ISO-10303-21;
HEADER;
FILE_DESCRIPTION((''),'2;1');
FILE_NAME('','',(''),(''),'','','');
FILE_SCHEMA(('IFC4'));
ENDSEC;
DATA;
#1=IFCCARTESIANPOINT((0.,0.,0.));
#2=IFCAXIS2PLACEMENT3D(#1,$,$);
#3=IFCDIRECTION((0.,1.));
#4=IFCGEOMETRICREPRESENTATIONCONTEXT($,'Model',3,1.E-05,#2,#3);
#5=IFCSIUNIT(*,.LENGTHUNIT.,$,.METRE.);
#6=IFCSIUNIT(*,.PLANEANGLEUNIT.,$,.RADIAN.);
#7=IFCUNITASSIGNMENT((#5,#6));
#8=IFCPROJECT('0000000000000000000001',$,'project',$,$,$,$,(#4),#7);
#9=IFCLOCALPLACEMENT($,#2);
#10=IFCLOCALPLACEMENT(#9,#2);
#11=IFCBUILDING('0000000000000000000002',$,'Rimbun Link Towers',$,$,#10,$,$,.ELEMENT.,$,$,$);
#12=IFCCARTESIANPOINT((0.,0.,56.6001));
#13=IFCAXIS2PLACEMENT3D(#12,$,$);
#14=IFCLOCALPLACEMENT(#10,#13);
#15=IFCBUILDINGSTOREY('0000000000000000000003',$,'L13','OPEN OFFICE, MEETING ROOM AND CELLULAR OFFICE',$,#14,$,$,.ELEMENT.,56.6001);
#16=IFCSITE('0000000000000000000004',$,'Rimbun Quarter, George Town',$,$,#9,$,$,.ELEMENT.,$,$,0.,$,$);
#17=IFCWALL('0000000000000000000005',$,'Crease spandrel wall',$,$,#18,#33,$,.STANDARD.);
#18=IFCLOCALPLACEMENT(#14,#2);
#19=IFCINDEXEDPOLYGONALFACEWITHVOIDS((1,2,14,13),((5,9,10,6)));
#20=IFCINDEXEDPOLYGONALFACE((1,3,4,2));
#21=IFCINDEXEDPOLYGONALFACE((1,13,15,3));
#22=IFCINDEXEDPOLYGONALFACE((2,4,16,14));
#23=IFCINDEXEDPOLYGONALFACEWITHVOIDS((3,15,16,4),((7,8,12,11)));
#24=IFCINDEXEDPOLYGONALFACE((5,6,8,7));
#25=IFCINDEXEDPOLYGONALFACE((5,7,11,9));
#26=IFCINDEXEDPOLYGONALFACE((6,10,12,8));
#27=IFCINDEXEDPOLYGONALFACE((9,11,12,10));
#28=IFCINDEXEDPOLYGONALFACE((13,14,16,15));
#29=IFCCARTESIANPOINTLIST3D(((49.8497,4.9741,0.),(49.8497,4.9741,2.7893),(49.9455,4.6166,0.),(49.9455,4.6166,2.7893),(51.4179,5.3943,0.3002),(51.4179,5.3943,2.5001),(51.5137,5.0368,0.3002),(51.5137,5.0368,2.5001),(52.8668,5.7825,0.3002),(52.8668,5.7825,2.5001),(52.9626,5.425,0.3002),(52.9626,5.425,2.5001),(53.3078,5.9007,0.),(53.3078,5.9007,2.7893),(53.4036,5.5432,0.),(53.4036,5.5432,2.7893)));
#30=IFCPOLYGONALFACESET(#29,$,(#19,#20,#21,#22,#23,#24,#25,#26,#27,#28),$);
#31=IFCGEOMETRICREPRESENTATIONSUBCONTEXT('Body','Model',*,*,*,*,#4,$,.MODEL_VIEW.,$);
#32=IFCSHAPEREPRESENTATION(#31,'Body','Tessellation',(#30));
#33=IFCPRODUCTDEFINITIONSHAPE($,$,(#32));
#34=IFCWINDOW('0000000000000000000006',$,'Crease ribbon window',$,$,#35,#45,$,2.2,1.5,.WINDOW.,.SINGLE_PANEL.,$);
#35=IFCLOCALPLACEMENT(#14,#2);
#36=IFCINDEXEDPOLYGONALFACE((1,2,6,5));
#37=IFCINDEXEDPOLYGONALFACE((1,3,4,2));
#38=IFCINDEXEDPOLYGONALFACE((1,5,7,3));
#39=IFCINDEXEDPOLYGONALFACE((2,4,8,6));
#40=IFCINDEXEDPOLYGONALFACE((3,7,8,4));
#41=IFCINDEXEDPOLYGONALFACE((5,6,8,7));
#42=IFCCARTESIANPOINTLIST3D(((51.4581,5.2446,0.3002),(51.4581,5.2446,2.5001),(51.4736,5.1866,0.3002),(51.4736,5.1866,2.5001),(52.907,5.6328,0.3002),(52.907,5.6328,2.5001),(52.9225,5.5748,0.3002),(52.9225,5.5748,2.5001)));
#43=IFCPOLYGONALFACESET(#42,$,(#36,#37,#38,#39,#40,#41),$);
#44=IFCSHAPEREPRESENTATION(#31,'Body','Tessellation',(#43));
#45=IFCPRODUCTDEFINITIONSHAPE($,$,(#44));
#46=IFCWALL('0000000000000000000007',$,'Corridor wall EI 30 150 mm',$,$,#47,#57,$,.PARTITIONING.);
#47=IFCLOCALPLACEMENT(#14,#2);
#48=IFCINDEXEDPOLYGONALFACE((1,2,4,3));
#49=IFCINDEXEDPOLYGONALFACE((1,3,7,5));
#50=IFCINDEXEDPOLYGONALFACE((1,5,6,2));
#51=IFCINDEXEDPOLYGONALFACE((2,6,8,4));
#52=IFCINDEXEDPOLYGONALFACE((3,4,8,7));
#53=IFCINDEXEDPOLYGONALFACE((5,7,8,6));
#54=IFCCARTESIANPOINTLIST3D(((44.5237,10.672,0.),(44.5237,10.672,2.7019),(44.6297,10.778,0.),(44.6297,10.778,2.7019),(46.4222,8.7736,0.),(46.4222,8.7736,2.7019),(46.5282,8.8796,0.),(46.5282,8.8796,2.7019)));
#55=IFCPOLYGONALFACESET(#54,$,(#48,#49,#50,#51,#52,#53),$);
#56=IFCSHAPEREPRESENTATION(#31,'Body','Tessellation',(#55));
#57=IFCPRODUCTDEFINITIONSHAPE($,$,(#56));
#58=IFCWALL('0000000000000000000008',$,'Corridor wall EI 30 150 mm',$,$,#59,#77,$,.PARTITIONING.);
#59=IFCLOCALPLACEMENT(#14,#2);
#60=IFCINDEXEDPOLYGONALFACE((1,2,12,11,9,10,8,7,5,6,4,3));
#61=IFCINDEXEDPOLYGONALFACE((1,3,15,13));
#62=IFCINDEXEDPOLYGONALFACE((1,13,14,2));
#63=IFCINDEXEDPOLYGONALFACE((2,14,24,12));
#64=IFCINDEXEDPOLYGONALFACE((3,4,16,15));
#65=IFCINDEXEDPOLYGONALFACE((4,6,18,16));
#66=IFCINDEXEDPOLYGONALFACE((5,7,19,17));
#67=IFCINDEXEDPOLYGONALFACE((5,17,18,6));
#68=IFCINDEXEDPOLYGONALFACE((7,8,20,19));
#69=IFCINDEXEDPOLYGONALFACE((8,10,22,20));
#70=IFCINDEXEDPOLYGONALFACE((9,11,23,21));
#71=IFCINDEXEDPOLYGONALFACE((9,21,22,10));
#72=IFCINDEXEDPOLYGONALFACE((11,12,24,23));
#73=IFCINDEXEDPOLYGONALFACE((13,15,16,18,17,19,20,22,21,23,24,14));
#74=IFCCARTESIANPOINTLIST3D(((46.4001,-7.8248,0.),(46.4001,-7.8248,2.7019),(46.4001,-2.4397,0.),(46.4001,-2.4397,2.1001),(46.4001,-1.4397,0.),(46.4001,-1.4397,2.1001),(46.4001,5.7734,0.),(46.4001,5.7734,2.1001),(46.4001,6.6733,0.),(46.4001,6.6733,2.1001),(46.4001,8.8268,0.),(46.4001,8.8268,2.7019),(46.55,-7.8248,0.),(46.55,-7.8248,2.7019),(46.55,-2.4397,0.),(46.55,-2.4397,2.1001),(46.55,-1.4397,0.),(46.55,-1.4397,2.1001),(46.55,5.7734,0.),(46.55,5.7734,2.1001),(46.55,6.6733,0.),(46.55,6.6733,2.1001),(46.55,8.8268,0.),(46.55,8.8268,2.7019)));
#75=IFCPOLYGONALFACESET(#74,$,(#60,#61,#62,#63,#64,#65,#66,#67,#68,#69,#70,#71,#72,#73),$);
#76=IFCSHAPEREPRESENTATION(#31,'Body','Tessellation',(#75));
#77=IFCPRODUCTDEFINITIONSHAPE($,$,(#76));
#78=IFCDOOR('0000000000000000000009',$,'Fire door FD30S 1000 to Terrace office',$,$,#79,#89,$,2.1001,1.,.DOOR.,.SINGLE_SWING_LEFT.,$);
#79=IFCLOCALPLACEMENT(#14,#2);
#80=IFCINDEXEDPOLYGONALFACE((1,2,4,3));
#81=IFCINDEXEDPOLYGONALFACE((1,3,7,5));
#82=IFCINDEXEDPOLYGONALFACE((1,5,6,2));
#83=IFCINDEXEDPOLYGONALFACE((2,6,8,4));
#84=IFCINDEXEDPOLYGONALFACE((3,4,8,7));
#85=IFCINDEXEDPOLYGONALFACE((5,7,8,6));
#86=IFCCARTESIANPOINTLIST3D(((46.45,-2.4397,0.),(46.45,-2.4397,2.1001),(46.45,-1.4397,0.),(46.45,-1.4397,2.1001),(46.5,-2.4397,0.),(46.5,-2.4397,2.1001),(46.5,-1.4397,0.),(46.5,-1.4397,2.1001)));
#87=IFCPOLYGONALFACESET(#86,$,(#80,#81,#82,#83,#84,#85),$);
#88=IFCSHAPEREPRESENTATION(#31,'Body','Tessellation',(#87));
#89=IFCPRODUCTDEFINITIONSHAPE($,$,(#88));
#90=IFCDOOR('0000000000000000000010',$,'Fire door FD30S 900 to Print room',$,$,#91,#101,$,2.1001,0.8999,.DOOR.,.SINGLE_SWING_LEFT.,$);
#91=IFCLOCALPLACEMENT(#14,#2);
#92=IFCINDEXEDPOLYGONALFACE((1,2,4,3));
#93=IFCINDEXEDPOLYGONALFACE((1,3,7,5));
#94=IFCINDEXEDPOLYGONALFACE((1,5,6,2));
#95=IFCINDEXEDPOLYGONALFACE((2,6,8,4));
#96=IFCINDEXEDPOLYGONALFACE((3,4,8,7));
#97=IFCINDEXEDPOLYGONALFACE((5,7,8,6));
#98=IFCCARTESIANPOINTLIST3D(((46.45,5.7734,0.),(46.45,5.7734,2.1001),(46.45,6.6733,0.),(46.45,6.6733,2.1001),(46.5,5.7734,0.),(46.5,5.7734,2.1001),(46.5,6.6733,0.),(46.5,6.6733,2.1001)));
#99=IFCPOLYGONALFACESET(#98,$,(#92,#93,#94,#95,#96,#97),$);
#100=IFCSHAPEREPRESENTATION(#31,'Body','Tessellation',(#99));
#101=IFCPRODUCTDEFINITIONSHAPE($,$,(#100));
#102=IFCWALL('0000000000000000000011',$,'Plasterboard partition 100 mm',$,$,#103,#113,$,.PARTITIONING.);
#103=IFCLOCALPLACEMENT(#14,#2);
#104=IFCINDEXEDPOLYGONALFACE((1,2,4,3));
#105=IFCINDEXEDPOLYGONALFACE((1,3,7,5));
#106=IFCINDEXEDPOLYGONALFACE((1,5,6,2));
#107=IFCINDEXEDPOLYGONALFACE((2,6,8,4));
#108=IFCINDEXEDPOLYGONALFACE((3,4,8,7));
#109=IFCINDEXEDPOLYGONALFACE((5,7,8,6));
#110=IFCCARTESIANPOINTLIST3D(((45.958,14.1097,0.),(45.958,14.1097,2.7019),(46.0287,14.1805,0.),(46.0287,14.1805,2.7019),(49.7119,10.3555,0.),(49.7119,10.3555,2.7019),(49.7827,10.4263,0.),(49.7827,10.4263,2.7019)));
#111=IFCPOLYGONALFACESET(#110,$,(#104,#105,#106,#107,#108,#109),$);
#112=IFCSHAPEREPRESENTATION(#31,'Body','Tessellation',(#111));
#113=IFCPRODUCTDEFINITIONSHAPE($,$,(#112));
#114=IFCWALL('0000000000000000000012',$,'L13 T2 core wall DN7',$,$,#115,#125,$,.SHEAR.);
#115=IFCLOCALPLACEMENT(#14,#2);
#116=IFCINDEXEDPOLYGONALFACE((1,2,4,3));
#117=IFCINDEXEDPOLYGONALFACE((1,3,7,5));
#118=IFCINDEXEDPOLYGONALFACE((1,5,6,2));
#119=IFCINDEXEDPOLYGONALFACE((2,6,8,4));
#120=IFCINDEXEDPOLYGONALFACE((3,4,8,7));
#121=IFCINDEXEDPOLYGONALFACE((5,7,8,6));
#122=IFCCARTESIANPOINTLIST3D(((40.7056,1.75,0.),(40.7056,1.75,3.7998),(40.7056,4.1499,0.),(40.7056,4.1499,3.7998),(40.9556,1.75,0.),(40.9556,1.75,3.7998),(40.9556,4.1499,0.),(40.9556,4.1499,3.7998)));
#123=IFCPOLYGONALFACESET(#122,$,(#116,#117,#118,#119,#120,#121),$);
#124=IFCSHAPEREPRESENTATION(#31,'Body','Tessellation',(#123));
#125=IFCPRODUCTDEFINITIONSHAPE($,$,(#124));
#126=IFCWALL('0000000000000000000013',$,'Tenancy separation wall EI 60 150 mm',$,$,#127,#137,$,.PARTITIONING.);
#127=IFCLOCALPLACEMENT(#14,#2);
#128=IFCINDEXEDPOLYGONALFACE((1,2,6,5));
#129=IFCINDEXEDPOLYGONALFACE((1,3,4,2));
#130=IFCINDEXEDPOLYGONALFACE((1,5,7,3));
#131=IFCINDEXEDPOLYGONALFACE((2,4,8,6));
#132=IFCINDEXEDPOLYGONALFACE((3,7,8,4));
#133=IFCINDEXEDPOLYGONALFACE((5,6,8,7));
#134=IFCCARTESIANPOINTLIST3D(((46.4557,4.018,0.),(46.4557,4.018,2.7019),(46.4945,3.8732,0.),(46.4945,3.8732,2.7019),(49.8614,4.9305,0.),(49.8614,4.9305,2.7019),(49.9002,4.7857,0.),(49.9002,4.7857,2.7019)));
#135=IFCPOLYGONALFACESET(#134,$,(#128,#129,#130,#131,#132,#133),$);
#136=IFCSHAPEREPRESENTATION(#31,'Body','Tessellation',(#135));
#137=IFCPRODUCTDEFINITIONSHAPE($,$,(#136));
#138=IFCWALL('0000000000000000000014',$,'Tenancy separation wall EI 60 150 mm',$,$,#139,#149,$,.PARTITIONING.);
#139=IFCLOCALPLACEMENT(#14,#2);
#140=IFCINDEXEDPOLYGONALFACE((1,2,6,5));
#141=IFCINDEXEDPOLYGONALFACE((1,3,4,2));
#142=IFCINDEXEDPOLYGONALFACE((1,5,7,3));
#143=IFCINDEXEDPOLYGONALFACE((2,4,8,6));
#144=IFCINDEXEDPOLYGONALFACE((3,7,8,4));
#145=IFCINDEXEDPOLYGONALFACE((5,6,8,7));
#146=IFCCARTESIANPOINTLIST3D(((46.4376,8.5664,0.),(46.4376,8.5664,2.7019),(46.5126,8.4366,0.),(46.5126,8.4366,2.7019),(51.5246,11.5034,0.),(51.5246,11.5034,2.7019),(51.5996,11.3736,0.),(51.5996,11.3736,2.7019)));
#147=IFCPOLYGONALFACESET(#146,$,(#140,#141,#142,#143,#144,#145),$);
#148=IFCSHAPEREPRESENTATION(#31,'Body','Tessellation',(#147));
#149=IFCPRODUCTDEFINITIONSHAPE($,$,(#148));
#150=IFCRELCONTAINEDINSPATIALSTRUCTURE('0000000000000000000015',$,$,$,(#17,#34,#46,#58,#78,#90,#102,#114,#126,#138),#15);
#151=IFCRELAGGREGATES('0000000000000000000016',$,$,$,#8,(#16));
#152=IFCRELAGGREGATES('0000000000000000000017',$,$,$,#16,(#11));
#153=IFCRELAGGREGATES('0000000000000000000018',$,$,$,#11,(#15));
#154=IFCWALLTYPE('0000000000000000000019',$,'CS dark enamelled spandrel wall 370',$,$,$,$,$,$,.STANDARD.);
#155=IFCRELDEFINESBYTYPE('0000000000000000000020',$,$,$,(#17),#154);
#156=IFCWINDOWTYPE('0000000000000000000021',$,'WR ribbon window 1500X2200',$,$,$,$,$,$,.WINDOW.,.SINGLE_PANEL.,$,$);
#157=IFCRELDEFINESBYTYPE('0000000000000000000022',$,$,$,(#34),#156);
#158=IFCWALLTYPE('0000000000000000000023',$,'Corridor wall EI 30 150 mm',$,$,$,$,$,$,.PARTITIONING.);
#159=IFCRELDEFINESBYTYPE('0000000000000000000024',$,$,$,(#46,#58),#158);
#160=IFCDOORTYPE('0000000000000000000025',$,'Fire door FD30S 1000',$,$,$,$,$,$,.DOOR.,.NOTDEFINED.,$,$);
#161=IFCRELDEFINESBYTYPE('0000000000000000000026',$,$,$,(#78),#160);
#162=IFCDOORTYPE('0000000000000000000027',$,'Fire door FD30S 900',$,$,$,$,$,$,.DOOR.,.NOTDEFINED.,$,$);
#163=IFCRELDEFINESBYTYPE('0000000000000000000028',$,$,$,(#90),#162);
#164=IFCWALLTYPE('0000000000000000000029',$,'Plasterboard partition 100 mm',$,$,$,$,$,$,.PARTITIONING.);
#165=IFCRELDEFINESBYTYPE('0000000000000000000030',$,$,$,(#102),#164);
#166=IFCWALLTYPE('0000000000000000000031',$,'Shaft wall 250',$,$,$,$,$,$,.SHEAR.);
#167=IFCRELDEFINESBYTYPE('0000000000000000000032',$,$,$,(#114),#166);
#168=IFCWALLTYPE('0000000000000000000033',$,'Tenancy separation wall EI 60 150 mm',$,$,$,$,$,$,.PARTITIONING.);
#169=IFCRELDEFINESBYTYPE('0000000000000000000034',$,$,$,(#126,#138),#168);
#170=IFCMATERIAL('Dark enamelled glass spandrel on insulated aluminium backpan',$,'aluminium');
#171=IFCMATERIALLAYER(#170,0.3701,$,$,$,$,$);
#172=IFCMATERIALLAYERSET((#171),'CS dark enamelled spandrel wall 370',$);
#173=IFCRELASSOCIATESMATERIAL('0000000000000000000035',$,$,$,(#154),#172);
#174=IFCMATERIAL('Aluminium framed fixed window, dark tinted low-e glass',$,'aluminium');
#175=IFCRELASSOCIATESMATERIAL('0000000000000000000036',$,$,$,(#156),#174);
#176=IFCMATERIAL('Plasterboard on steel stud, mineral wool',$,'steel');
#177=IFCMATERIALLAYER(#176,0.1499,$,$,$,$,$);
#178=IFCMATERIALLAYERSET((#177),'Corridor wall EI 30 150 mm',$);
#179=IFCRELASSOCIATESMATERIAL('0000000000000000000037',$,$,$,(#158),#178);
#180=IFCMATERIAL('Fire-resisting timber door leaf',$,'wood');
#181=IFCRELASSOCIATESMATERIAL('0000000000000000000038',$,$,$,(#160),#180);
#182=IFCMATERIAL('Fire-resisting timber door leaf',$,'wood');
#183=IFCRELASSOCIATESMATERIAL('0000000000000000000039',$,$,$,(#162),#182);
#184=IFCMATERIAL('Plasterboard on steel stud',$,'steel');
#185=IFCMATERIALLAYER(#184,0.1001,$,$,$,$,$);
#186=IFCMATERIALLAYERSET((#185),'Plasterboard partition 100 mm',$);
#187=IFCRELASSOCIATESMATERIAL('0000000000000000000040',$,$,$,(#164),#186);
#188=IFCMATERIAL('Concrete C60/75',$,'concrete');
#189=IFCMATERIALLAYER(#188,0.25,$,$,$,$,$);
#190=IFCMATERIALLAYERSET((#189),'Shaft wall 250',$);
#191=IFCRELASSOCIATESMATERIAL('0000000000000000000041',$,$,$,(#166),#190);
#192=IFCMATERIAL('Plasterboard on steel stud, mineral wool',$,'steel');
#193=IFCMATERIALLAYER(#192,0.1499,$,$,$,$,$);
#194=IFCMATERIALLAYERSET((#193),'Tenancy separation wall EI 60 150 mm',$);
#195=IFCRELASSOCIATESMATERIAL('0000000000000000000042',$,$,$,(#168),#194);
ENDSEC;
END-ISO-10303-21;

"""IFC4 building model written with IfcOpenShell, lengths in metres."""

from ifc_helpers import new_model, si_unit, direction, frame, frame_2d, origin, place, context, subcontext, project, spatial, rectangle, extrude, material, layer, layer_set, type_object, element, fill, save


model = new_model("IFC4")

# Units and contexts
model_context = context("Model", 3, precision=1e-05, world=origin(), true_north=direction((0.0, 1.0)))
body_context = subcontext(model_context, "Body", "Model", "MODEL_VIEW")
ifc_project = project(units=[si_unit("LENGTHUNIT", "METRE"), si_unit("PLANEANGLEUNIT", "RADIAN")], contexts=[model_context])

# Site, building, storey
site_placement = place(None, origin())
site = spatial("IfcSite", under=ifc_project, at=site_placement, Name="Rimbun Quarter, George Town", CompositionType="ELEMENT", RefElevation=0.0)
building_placement = place(site_placement, origin())
building = spatial("IfcBuilding", under=site, at=building_placement, Name="Rimbun Link Towers", CompositionType="ELEMENT")
storey_placement = place(building_placement, frame((0.0, 0.0, 56.6001)))
storey = spatial("IfcBuildingStorey", under=building, at=storey_placement, Name="L13", Description="OPEN OFFICE, MEETING ROOM AND CELLULAR OFFICE", CompositionType="ELEMENT", Elevation=56.6001)

# Wall, opening, window
ifc_material_1 = material(Name="Dark enamelled glass spandrel on insulated aluminium backpan", Category="aluminium")
ifc_layer_1 = layer(ifc_material_1, 0.3701)
ifc_layer_set_1 = layer_set([ifc_layer_1], Name="CS dark enamelled spandrel wall 370")
wall_type_1 = type_object("IfcWallType", Name="CS dark enamelled spandrel wall 370", PredefinedType="STANDARD", material=ifc_layer_set_1)
wall_1_placement = place(storey_placement, frame((53.3557, 5.7219, 0.0), z_axis=(0.0, 0.0, 1.0), x_axis=(-0.96593, -0.258804, 0.0)))
wall_1 = element("IfcWall", 1, at=wall_1_placement, inside=storey, type_object=wall_type_1, Name="Crease spandrel wall", PredefinedType="STANDARD", context=body_context, shape_type="SweptSolid", body=[
    extrude(rectangle(XDim=3.5801, YDim=0.3701, at=frame_2d((1.79, 0.0))), origin(), (0.0, 0.0, 1.0), 2.7893),
])
opening_1_placement = place(wall_1_placement, frame((0.4565, 0.0, 0.3)))
opening_1 = element("IfcOpeningElement", 2, at=opening_1_placement, cuts=wall_1, PredefinedType="OPENING", context=body_context, shape_type="SweptSolid", body=[
    extrude(rectangle(XDim=1.5, YDim=2.2, at=frame_2d((0.75, 1.1001))), frame((0.0, 0.1951, 0.0), z_axis=(0.0, -1.0, 0.0), x_axis=(1.0, 0.0, 0.0)), (0.0, 0.0, 1.0), 0.3901),
])
ifc_material_2 = material(Name="Aluminium framed fixed window, dark tinted low-e glass", Category="aluminium")
window_type_1 = type_object("IfcWindowType", Name="WR ribbon window 1500X2200", PartitioningType="SINGLE_PANEL", PredefinedType="WINDOW", material=ifc_material_2)
window_1_placement = place(opening_1_placement, origin())
window_1 = element("IfcWindow", 3, at=window_1_placement, inside=storey, type_object=window_type_1, Name="Crease ribbon window", OverallHeight=2.2, OverallWidth=1.5, PartitioningType="SINGLE_PANEL", PredefinedType="WINDOW", context=body_context, shape_type="SweptSolid", body=[
    extrude(rectangle(XDim=1.5, YDim=2.2, at=frame_2d((0.75, 1.1001))), frame((0.0, 0.03, 0.0), z_axis=(0.0, -1.0, 0.0), x_axis=(1.0, 0.0, 0.0)), (0.0, 0.0, 1.0), 0.0601),
])
fill(opening_1, window_1)

# Wall
ifc_material_3 = material(Name="Plasterboard on steel stud, mineral wool", Category="steel")
ifc_layer_2 = layer(ifc_material_3, 0.1499)
ifc_layer_set_2 = layer_set([ifc_layer_2], Name="Corridor wall EI 30 150 mm")
wall_type_2 = type_object("IfcWallType", Name="Corridor wall EI 30 150 mm", PredefinedType="PARTITIONING", material=ifc_layer_set_2)
wall_2_placement = place(storey_placement, frame((46.4751, 8.8267, 0.0), z_axis=(0.0, 0.0, 1.0), x_axis=(-0.707107, 0.707107, 0.0)))
element("IfcWall", 4, at=wall_2_placement, inside=storey, type_object=wall_type_2, Name="Corridor wall EI 30 150 mm", PredefinedType="PARTITIONING", context=body_context, shape_type="SweptSolid", body=[
    extrude(rectangle(XDim=2.6848, YDim=0.1499, at=frame_2d((1.3423, 0.0))), origin(), (0.0, 0.0, 1.0), 2.7019),
])

# Wall, openings, doors
wall_3_placement = place(storey_placement, frame((46.4751, 8.8267, 0.0), z_axis=(0.0, 0.0, 1.0), x_axis=(0.0, -1.0, 0.0)))
wall_3 = element("IfcWall", 5, at=wall_3_placement, inside=storey, type_object=wall_type_2, Name="Corridor wall EI 30 150 mm", PredefinedType="PARTITIONING", context=body_context, shape_type="SweptSolid", body=[
    extrude(rectangle(XDim=16.6516, YDim=0.1499, at=frame_2d((8.3257, 0.0))), origin(), (0.0, 0.0, 1.0), 2.7019),
])
opening_2_placement = place(wall_3_placement, frame((2.1533, 0.0, 0.0)))
opening_2 = element("IfcOpeningElement", 6, at=opening_2_placement, cuts=wall_3, PredefinedType="OPENING", context=body_context, shape_type="SweptSolid", body=[
    extrude(rectangle(XDim=0.8999, YDim=2.1001, at=frame_2d((0.45, 1.05))), frame((0.0, 0.085, 0.0), z_axis=(0.0, -1.0, 0.0), x_axis=(1.0, 0.0, 0.0)), (0.0, 0.0, 1.0), 0.1699),
])
opening_3_placement = place(wall_3_placement, frame((10.2664, 0.0, 0.0)))
opening_3 = element("IfcOpeningElement", 7, at=opening_3_placement, cuts=wall_3, PredefinedType="OPENING", context=body_context, shape_type="SweptSolid", body=[
    extrude(rectangle(XDim=1.0, YDim=2.1001, at=frame_2d((0.5, 1.05))), frame((0.0, 0.085, 0.0), z_axis=(0.0, -1.0, 0.0), x_axis=(1.0, 0.0, 0.0)), (0.0, 0.0, 1.0), 0.1699),
])
ifc_material_4 = material(Name="Fire-resisting timber door leaf", Category="wood")
door_type_1 = type_object("IfcDoorType", Name="Fire door FD30S 1000", OperationType="NOTDEFINED", PredefinedType="DOOR", material=ifc_material_4)
door_1_placement = place(opening_3_placement, origin())
door_1 = element("IfcDoor", 8, at=door_1_placement, inside=storey, type_object=door_type_1, Name="Fire door FD30S 1000 to Terrace office", OperationType="SINGLE_SWING_LEFT", OverallHeight=2.1001, OverallWidth=1.0, PredefinedType="DOOR", context=body_context, shape_type="SweptSolid", body=[
    extrude(rectangle(XDim=1.0, YDim=2.1001, at=frame_2d((0.5, 1.05))), frame((0.0, 0.0249, 0.0), z_axis=(0.0, -1.0, 0.0), x_axis=(1.0, 0.0, 0.0)), (0.0, 0.0, 1.0), 0.05),
])
fill(opening_3, door_1)
ifc_material_5 = material(Name="Fire-resisting timber door leaf", Category="wood")
door_type_2 = type_object("IfcDoorType", Name="Fire door FD30S 900", OperationType="NOTDEFINED", PredefinedType="DOOR", material=ifc_material_5)
door_2_placement = place(opening_2_placement, origin())
door_2 = element("IfcDoor", 9, at=door_2_placement, inside=storey, type_object=door_type_2, Name="Fire door FD30S 900 to Print room", OperationType="SINGLE_SWING_LEFT", OverallHeight=2.1001, OverallWidth=0.8999, PredefinedType="DOOR", context=body_context, shape_type="SweptSolid", body=[
    extrude(rectangle(XDim=0.8999, YDim=2.1001, at=frame_2d((0.45, 1.05))), frame((0.0, 0.0249, 0.0), z_axis=(0.0, -1.0, 0.0), x_axis=(1.0, 0.0, 0.0)), (0.0, 0.0, 1.0), 0.05),
])
fill(opening_2, door_2)

# Walls
ifc_material_6 = material(Name="Plasterboard on steel stud", Category="steel")
ifc_layer_3 = layer(ifc_material_6, 0.1001)
ifc_layer_set_3 = layer_set([ifc_layer_3], Name="Plasterboard partition 100 mm")
wall_type_3 = type_object("IfcWallType", Name="Plasterboard partition 100 mm", PredefinedType="PARTITIONING", material=ifc_layer_set_3)
wall_4_placement = place(storey_placement, frame((49.7473, 10.3909, 0.0), z_axis=(0.0, 0.0, 1.0), x_axis=(-0.707084, 0.70713, 0.0)))
element("IfcWall", 10, at=wall_4_placement, inside=storey, type_object=wall_type_3, Name="Plasterboard partition 100 mm", PredefinedType="PARTITIONING", context=body_context, shape_type="SweptSolid", body=[
    extrude(rectangle(XDim=5.3091, YDim=0.1001, at=frame_2d((2.6545, 0.0))), origin(), (0.0, 0.0, 1.0), 2.7019),
])
ifc_material_7 = material(Name="Concrete C60/75", Category="concrete")
ifc_layer_4 = layer(ifc_material_7, 0.25)
ifc_layer_set_4 = layer_set([ifc_layer_4], Name="Shaft wall 250")
wall_type_4 = type_object("IfcWallType", Name="Shaft wall 250", PredefinedType="SHEAR", material=ifc_layer_set_4)
wall_5_placement = place(storey_placement, frame((40.8306, 1.75, 0.0), z_axis=(0.0, 0.0, 1.0), x_axis=(0.0, 1.0, 0.0)))
element("IfcWall", 11, at=wall_5_placement, inside=storey, type_object=wall_type_4, Name="L13 T2 core wall DN7", PredefinedType="SHEAR", context=body_context, shape_type="SweptSolid", body=[
    extrude(rectangle(XDim=2.3999, YDim=0.25, at=frame_2d((1.2, 0.0))), origin(), (0.0, 0.0, 1.0), 3.7998),
])
ifc_material_8 = material(Name="Plasterboard on steel stud, mineral wool", Category="steel")
ifc_layer_5 = layer(ifc_material_8, 0.1499)
ifc_layer_set_5 = layer_set([ifc_layer_5], Name="Tenancy separation wall EI 60 150 mm")
wall_type_5 = type_object("IfcWallType", Name="Tenancy separation wall EI 60 150 mm", PredefinedType="PARTITIONING", material=ifc_layer_set_5)
wall_6_placement = place(storey_placement, frame((46.4751, 3.9456, 0.0), z_axis=(0.0, 0.0, 1.0), x_axis=(0.965924, 0.258826, 0.0)))
element("IfcWall", 12, at=wall_6_placement, inside=storey, type_object=wall_type_5, Name="Tenancy separation wall EI 60 150 mm", PredefinedType="PARTITIONING", context=body_context, shape_type="SweptSolid", body=[
    extrude(rectangle(XDim=3.5259, YDim=0.1499, at=frame_2d((1.7629, 0.0))), origin(), (0.0, 0.0, 1.0), 2.7019),
])
wall_7_placement = place(storey_placement, frame((46.4751, 8.5015, 0.0), z_axis=(0.0, 0.0, 1.0), x_axis=(0.866019, 0.50001, 0.0)))
element("IfcWall", 13, at=wall_7_placement, inside=storey, type_object=wall_type_5, Name="Tenancy separation wall EI 60 150 mm", PredefinedType="PARTITIONING", context=body_context, shape_type="SweptSolid", body=[
    extrude(rectangle(XDim=5.874, YDim=0.1499, at=frame_2d((2.937, 0.0))), origin(), (0.0, 0.0, 1.0), 2.7019),
])

save(model, "model.ifc")
